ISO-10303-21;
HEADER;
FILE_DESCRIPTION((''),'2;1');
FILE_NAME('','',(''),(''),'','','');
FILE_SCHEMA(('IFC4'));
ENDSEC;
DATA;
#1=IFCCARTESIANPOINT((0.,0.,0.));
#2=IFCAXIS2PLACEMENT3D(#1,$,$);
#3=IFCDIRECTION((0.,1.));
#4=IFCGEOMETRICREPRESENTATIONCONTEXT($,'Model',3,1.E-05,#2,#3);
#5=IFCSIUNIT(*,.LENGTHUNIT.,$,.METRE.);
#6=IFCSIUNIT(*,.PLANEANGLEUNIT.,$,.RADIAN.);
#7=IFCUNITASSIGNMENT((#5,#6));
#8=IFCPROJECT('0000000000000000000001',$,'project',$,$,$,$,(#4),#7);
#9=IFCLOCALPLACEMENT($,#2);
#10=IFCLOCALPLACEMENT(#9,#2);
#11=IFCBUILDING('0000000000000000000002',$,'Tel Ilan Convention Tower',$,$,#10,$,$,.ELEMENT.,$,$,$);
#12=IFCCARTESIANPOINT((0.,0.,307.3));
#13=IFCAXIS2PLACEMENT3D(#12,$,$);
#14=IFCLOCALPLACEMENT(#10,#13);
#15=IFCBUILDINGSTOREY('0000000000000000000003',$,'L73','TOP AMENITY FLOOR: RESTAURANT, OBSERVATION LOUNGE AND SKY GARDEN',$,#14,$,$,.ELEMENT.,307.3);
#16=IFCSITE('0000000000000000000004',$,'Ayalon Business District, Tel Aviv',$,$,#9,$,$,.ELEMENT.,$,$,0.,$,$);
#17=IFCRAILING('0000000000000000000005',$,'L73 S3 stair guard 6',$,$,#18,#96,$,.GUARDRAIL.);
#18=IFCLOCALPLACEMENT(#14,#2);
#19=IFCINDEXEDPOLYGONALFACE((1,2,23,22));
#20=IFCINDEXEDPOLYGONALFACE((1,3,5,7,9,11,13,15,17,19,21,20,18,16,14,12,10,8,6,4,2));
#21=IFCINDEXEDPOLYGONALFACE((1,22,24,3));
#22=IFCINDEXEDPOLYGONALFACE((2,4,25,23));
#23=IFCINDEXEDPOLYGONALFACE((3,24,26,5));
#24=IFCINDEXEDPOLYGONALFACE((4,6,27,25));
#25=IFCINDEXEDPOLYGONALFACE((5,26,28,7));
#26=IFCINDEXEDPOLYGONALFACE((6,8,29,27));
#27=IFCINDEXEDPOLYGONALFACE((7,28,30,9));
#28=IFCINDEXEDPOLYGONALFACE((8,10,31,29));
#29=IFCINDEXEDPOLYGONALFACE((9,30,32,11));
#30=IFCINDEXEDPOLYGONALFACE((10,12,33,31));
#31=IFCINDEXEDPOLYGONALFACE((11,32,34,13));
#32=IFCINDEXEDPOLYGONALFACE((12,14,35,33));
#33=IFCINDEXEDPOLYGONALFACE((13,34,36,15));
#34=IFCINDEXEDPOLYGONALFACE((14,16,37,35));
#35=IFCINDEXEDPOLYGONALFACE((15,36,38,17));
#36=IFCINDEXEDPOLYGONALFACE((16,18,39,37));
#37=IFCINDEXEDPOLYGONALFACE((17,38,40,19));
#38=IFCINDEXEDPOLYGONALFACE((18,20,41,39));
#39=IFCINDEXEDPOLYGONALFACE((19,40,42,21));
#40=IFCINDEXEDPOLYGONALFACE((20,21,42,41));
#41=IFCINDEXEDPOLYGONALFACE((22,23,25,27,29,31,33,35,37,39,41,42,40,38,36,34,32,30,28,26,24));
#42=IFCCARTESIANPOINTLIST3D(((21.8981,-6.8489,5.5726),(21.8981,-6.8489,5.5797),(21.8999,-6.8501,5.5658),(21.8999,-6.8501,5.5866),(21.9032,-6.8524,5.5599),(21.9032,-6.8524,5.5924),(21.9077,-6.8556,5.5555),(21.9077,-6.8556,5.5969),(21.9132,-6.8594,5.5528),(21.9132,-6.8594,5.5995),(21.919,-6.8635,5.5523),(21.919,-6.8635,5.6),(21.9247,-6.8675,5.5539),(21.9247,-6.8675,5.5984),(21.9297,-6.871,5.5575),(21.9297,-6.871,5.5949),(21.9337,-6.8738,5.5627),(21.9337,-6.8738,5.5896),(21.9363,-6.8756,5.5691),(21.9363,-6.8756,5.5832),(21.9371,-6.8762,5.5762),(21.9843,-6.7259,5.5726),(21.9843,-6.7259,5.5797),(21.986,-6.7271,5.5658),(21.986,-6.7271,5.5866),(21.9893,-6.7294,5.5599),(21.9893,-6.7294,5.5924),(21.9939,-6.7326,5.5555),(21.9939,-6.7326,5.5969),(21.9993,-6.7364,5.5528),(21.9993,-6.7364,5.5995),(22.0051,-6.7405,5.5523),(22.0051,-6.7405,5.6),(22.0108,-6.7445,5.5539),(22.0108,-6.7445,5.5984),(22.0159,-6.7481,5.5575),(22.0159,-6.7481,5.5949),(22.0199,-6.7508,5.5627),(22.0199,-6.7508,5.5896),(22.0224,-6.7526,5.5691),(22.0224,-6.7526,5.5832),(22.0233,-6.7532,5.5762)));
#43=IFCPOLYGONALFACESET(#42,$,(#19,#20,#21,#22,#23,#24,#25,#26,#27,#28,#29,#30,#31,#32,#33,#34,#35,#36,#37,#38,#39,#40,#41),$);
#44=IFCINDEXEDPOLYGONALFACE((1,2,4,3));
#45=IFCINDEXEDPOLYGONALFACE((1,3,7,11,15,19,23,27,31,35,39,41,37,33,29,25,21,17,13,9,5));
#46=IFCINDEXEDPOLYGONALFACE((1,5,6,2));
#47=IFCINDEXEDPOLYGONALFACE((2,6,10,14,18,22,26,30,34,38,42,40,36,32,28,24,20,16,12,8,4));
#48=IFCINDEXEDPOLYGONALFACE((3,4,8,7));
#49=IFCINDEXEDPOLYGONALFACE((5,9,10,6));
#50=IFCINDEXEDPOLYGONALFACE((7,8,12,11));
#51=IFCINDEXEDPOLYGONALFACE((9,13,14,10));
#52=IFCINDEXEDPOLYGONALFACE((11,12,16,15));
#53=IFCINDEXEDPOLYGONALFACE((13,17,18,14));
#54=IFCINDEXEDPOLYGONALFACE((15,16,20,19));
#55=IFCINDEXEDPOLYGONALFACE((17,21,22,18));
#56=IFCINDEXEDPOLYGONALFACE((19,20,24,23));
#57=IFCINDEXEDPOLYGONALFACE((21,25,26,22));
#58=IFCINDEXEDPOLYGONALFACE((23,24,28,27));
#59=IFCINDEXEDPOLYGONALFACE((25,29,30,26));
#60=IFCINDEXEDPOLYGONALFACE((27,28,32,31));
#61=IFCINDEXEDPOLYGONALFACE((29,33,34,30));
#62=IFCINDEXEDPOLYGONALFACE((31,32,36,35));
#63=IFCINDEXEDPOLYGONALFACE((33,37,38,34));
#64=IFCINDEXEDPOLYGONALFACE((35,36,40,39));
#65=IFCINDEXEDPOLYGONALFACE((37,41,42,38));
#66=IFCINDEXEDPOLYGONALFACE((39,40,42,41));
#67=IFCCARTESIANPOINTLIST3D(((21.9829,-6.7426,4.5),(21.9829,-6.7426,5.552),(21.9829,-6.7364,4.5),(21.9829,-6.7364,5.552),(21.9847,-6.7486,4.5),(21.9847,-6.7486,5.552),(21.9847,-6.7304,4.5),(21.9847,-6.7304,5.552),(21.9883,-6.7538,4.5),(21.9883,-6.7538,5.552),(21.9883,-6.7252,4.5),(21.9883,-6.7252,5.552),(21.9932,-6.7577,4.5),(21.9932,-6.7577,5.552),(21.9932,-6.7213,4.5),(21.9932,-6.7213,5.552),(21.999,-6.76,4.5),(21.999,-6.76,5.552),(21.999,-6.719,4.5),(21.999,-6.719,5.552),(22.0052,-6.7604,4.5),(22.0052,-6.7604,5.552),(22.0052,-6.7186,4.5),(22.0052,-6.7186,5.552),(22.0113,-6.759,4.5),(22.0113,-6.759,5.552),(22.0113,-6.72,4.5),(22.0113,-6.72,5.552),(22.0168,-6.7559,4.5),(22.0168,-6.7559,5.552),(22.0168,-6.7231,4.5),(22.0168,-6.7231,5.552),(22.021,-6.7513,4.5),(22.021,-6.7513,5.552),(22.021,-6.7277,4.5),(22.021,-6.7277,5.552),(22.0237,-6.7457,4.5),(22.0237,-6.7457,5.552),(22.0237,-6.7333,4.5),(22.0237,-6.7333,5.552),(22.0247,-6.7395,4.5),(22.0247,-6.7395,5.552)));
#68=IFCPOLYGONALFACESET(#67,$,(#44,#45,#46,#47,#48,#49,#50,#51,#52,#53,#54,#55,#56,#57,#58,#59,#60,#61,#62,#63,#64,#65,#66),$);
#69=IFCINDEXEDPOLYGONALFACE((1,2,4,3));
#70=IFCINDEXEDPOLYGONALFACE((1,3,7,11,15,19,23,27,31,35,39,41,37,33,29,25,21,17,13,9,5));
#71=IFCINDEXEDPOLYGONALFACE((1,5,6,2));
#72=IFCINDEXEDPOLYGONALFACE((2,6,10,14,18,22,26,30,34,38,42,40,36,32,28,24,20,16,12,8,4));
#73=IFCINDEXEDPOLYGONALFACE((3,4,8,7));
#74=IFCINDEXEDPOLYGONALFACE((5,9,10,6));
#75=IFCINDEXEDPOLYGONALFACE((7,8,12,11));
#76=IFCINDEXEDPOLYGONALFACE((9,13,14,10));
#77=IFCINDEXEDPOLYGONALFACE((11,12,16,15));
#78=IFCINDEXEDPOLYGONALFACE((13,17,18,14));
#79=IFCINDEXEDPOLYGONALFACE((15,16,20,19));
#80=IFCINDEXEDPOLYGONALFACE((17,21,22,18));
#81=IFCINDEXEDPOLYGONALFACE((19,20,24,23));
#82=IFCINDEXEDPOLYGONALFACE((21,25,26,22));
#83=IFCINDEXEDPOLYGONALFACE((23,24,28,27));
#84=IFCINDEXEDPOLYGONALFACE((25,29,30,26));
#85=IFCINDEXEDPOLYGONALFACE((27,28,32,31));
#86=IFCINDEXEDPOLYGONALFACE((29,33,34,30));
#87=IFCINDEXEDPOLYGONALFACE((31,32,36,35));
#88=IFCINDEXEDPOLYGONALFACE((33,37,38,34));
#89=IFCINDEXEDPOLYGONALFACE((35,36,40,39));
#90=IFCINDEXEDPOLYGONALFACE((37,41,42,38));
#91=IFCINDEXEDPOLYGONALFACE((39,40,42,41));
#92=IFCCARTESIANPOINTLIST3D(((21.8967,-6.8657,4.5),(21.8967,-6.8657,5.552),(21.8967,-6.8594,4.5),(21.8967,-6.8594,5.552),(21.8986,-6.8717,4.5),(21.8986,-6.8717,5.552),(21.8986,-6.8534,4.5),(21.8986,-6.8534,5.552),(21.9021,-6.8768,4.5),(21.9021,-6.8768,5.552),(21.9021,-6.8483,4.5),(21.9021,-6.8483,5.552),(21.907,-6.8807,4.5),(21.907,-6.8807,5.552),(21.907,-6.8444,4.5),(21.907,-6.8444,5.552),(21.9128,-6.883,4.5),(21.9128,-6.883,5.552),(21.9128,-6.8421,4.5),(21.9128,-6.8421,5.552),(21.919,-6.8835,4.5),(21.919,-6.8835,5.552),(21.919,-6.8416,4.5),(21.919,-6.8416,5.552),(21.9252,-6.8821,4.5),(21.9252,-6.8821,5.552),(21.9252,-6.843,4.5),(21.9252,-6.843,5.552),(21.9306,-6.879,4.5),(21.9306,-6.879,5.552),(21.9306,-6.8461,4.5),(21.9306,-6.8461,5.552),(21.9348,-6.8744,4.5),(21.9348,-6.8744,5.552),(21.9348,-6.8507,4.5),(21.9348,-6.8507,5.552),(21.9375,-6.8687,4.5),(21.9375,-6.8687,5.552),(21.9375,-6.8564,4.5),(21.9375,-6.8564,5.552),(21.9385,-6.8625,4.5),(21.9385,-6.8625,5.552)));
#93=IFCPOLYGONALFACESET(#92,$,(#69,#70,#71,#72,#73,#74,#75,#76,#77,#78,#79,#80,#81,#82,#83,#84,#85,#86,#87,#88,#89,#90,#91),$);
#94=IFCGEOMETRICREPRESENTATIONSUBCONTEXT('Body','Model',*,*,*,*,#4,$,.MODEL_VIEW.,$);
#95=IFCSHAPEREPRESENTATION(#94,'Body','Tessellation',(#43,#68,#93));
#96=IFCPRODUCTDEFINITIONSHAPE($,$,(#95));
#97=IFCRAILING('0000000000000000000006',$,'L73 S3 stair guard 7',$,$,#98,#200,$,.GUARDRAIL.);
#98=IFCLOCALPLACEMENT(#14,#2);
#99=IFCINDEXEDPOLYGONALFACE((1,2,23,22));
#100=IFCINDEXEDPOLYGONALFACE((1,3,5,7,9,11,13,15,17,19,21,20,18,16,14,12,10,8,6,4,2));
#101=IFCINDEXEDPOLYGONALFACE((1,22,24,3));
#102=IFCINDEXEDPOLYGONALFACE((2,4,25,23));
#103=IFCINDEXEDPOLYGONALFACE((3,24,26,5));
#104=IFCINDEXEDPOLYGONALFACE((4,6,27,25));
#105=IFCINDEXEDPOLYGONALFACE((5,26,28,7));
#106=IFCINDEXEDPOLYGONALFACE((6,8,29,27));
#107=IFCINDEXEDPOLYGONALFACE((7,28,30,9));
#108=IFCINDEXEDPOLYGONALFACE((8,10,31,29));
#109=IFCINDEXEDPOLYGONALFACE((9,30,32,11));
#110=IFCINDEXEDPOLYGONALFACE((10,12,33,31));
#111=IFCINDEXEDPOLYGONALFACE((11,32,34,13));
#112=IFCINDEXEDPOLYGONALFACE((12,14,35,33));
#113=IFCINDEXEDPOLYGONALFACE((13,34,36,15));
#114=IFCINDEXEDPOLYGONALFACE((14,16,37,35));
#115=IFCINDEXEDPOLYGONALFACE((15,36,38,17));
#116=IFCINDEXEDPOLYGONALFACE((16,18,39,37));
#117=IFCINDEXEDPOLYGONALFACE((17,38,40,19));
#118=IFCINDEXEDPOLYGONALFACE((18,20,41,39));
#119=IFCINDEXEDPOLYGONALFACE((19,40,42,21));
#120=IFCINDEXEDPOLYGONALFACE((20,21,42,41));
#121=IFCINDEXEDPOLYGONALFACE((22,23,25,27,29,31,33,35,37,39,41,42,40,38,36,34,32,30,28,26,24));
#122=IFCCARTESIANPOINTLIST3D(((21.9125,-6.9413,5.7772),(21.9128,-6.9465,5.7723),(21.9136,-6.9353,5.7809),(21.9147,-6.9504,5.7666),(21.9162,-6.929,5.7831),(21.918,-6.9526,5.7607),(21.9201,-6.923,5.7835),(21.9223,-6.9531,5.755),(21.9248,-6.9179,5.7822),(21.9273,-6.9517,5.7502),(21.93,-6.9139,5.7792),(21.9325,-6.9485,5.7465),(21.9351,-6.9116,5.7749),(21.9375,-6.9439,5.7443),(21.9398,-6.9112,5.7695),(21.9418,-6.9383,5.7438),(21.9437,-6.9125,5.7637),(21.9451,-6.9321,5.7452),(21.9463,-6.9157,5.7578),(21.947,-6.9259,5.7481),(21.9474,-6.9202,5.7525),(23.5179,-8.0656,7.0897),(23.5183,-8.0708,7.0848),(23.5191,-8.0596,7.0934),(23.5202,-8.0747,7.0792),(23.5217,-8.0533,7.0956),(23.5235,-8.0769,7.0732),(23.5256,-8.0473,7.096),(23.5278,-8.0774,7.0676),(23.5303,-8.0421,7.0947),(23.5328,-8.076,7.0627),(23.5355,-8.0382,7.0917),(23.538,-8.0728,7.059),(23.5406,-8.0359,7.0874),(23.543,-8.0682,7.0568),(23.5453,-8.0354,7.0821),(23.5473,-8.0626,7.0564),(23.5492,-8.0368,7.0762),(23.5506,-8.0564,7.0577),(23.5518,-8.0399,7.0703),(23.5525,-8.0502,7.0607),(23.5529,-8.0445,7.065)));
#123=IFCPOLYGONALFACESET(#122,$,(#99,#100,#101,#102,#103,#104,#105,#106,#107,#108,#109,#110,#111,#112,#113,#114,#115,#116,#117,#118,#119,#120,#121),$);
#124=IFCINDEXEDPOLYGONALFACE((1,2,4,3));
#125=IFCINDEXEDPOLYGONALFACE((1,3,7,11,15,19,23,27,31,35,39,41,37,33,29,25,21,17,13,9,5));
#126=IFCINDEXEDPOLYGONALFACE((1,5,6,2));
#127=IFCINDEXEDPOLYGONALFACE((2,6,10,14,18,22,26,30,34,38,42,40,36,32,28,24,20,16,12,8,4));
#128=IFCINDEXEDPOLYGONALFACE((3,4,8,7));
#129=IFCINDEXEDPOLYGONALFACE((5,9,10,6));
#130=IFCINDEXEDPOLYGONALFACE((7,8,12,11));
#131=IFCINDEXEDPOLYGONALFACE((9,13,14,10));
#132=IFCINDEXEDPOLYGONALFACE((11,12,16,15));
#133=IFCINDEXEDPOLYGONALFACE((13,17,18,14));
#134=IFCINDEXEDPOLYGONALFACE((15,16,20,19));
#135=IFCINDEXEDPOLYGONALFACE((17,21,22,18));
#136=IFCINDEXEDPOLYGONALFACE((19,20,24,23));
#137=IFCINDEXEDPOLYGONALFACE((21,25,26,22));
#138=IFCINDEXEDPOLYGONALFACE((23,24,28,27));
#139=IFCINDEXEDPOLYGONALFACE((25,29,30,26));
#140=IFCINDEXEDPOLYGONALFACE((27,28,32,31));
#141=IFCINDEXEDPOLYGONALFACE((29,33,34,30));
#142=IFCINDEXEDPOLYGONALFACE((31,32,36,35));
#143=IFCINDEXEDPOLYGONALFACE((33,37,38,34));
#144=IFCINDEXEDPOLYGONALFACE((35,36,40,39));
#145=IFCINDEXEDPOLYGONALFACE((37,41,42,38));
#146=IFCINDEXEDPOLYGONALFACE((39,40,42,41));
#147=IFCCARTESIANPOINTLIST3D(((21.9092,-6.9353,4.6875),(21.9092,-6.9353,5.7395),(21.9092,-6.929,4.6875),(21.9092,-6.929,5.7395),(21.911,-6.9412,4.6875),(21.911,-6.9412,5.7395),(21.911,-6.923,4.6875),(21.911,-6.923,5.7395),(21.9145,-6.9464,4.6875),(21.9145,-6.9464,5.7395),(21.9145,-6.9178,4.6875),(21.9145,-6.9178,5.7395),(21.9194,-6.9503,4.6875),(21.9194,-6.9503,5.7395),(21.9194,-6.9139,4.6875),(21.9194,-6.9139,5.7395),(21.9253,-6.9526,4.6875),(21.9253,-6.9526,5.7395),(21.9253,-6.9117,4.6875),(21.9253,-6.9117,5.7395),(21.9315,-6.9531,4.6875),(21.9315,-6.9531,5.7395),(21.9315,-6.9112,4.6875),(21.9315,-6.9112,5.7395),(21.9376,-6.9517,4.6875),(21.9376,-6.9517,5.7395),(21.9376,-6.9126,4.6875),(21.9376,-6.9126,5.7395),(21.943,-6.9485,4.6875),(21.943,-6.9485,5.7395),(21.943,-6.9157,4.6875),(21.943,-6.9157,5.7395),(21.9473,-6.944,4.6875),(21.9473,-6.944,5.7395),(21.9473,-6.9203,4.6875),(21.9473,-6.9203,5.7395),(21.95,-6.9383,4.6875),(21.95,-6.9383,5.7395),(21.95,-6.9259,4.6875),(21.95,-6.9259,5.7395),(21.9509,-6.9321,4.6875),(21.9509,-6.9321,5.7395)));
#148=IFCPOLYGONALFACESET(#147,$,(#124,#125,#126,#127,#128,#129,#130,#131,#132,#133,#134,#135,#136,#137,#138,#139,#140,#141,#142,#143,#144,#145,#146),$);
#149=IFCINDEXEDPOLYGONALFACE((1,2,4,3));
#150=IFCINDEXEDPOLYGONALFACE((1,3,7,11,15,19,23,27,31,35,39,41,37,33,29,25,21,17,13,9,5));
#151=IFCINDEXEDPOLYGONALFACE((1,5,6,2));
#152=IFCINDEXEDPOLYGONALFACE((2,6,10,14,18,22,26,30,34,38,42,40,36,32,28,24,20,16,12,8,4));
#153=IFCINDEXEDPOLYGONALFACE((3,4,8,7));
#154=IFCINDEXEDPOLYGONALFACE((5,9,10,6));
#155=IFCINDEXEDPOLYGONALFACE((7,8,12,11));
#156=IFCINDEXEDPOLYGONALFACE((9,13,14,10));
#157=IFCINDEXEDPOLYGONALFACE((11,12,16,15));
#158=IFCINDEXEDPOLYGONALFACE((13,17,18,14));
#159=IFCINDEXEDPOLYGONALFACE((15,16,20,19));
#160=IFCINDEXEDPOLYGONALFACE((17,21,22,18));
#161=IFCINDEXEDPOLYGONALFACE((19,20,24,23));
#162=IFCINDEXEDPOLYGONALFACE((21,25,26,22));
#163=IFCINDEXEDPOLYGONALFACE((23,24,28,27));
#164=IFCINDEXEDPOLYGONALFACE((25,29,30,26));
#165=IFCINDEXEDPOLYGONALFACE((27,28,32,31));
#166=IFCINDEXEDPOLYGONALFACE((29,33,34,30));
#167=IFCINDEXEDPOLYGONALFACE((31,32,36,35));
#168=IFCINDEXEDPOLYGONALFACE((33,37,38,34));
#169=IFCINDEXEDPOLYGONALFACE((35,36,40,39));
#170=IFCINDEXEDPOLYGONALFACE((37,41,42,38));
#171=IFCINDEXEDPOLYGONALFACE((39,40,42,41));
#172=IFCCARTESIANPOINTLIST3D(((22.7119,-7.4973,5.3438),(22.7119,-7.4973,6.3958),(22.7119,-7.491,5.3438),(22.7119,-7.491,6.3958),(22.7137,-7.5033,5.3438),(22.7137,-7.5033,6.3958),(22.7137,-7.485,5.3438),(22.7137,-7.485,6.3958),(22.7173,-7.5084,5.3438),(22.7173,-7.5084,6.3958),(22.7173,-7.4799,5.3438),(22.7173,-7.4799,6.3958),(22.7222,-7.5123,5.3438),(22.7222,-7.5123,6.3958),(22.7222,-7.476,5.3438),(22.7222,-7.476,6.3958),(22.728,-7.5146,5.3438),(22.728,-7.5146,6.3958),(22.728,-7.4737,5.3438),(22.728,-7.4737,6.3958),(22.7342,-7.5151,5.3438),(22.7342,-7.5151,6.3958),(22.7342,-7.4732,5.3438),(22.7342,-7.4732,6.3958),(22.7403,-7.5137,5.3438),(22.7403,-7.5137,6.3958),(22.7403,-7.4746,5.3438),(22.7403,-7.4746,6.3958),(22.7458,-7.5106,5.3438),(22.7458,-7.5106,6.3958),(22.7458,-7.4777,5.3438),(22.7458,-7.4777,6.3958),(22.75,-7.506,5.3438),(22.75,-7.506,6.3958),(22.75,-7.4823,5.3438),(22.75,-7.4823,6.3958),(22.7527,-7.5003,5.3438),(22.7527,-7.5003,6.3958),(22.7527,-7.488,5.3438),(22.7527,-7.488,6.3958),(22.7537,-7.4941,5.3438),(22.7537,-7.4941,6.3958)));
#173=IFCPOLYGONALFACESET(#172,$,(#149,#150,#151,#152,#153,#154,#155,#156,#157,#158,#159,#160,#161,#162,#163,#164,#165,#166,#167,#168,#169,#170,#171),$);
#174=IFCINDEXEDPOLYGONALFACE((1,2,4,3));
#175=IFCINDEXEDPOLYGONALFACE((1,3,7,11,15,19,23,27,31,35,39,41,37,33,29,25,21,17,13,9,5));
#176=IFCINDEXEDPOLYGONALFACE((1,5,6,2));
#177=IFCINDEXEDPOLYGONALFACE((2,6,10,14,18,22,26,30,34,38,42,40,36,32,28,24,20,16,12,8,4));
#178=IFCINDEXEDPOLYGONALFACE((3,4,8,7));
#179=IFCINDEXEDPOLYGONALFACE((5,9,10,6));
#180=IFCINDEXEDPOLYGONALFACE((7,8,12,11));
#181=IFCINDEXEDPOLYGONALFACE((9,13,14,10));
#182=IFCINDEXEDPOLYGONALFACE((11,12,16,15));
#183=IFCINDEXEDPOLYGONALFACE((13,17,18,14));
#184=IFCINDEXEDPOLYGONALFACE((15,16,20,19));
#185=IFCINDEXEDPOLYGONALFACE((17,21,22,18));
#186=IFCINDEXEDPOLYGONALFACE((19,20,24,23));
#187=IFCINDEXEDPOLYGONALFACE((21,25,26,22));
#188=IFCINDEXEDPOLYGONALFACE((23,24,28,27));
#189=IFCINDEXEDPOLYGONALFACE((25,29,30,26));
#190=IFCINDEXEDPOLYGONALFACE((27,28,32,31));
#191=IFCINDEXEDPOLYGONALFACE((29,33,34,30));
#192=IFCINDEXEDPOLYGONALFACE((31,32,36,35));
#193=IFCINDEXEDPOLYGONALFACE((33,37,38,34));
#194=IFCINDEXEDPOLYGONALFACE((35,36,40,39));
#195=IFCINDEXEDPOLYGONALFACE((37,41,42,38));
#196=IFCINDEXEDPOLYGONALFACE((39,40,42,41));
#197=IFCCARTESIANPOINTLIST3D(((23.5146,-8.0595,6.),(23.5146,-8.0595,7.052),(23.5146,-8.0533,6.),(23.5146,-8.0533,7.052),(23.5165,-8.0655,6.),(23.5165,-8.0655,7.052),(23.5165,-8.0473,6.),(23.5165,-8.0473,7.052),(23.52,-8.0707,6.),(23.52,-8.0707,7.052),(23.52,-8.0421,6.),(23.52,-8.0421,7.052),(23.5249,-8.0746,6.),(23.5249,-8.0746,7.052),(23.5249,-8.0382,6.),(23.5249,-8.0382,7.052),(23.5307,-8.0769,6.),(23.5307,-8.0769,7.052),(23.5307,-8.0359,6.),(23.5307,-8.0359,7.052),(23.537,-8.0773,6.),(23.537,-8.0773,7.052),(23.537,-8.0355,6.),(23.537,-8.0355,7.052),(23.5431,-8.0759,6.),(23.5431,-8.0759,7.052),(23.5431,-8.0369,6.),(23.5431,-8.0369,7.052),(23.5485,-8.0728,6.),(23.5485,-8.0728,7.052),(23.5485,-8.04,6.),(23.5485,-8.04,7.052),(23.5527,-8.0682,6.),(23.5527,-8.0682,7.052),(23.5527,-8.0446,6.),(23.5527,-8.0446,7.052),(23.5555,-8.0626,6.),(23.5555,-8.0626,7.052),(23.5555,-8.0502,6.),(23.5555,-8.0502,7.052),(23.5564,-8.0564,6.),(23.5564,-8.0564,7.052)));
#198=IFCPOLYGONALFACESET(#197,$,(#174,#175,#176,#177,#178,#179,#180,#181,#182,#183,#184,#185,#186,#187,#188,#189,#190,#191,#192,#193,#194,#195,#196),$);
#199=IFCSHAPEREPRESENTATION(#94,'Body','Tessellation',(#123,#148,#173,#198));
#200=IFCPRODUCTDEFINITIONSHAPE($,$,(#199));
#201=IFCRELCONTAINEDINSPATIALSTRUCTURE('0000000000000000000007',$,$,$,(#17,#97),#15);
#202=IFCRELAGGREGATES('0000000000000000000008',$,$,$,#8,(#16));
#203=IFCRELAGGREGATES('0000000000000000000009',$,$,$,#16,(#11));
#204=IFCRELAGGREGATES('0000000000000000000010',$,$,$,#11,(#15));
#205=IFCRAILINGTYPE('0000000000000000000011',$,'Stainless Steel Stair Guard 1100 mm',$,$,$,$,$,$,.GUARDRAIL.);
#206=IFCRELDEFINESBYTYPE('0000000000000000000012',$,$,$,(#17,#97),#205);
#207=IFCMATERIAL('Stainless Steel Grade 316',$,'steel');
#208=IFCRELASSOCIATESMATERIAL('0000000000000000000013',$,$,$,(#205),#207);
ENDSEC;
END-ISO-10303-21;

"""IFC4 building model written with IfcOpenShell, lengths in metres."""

from ifc_helpers import new_model, si_unit, direction, frame, origin, origin_2d, place, context, subcontext, project, spatial, circle, extrude, material, type_object, element, save


model = new_model("IFC4")

# Units and contexts
model_context = context("Model", 3, precision=1e-05, world=origin(), true_north=direction((0.0, 1.0)))
body_context = subcontext(model_context, "Body", "Model", "MODEL_VIEW")
ifc_project = project(units=[si_unit("LENGTHUNIT", "METRE"), si_unit("PLANEANGLEUNIT", "RADIAN")], contexts=[model_context])

# Site, building, storey
site_placement = place(None, origin())
site = spatial("IfcSite", under=ifc_project, at=site_placement, Name="Ayalon Business District, Tel Aviv", CompositionType="ELEMENT", RefElevation=0.0)
building_placement = place(site_placement, origin())
building = spatial("IfcBuilding", under=site, at=building_placement, Name="Tel Ilan Convention Tower", CompositionType="ELEMENT")
storey_placement = place(building_placement, frame((0.0, 0.0, 307.3)))
storey = spatial("IfcBuildingStorey", under=building, at=storey_placement, Name="L73", Description="TOP AMENITY FLOOR: RESTAURANT, OBSERVATION LOUNGE AND SKY GARDEN", CompositionType="ELEMENT", Elevation=307.3)

# Railings
ifc_material_1 = material(Name="Stainless Steel Grade 316", Category="steel")
railing_type_1 = type_object("IfcRailingType", Name="Stainless Steel Stair Guard 1100 mm", PredefinedType="GUARDRAIL", material=ifc_material_1)
railing_1_placement = place(storey_placement, frame((22.0037, -6.7395, 4.5)))
element("IfcRailing", 1, at=railing_1_placement, inside=storey, type_object=railing_type_1, Name="L73 S3 stair guard 6", PredefinedType="GUARDRAIL", context=body_context, shape_type="SweptSolid", body=[
    extrude(circle(Radius=0.0239, at=origin_2d()), frame((0.0, 0.0, 1.0762), z_axis=(-0.57368, -0.819079, 0.0), x_axis=(0.819079, -0.57368, 0.0)), (0.0, 0.0, 1.0), 0.1501),
    extrude(circle(Radius=0.021, at=origin_2d()), origin(), (0.0, 0.0, 1.0), 1.052),
    extrude(circle(Radius=0.021, at=origin_2d()), frame((-0.0862, -0.123, 0.0)), (0.0, 0.0, 1.0), 1.052),
])
railing_2_placement = place(storey_placement, frame((21.9299, -6.9321, 4.6875)))
element("IfcRailing", 2, at=railing_2_placement, inside=storey, type_object=railing_type_1, Name="L73 S3 stair guard 7", PredefinedType="GUARDRAIL", context=body_context, shape_type="SweptSolid", body=[
    extrude(circle(Radius=0.0239, at=origin_2d()), frame((0.0, 0.0, 1.0762), z_axis=(0.680616, -0.476617, 0.556416), x_axis=(0.573613, 0.819127, 0.0)), (0.0, 0.0, 1.0), 2.3589),
    extrude(circle(Radius=0.021, at=origin_2d()), origin(), (0.0, 0.0, 1.0), 1.052),
    extrude(circle(Radius=0.021, at=origin_2d()), frame((0.8027, -0.562, 0.6562)), (0.0, 0.0, 1.0), 1.052),
    extrude(circle(Radius=0.021, at=origin_2d()), frame((1.6055, -1.1243, 1.3125)), (0.0, 0.0, 1.0), 1.052),
])

save(model, "model.ifc")
